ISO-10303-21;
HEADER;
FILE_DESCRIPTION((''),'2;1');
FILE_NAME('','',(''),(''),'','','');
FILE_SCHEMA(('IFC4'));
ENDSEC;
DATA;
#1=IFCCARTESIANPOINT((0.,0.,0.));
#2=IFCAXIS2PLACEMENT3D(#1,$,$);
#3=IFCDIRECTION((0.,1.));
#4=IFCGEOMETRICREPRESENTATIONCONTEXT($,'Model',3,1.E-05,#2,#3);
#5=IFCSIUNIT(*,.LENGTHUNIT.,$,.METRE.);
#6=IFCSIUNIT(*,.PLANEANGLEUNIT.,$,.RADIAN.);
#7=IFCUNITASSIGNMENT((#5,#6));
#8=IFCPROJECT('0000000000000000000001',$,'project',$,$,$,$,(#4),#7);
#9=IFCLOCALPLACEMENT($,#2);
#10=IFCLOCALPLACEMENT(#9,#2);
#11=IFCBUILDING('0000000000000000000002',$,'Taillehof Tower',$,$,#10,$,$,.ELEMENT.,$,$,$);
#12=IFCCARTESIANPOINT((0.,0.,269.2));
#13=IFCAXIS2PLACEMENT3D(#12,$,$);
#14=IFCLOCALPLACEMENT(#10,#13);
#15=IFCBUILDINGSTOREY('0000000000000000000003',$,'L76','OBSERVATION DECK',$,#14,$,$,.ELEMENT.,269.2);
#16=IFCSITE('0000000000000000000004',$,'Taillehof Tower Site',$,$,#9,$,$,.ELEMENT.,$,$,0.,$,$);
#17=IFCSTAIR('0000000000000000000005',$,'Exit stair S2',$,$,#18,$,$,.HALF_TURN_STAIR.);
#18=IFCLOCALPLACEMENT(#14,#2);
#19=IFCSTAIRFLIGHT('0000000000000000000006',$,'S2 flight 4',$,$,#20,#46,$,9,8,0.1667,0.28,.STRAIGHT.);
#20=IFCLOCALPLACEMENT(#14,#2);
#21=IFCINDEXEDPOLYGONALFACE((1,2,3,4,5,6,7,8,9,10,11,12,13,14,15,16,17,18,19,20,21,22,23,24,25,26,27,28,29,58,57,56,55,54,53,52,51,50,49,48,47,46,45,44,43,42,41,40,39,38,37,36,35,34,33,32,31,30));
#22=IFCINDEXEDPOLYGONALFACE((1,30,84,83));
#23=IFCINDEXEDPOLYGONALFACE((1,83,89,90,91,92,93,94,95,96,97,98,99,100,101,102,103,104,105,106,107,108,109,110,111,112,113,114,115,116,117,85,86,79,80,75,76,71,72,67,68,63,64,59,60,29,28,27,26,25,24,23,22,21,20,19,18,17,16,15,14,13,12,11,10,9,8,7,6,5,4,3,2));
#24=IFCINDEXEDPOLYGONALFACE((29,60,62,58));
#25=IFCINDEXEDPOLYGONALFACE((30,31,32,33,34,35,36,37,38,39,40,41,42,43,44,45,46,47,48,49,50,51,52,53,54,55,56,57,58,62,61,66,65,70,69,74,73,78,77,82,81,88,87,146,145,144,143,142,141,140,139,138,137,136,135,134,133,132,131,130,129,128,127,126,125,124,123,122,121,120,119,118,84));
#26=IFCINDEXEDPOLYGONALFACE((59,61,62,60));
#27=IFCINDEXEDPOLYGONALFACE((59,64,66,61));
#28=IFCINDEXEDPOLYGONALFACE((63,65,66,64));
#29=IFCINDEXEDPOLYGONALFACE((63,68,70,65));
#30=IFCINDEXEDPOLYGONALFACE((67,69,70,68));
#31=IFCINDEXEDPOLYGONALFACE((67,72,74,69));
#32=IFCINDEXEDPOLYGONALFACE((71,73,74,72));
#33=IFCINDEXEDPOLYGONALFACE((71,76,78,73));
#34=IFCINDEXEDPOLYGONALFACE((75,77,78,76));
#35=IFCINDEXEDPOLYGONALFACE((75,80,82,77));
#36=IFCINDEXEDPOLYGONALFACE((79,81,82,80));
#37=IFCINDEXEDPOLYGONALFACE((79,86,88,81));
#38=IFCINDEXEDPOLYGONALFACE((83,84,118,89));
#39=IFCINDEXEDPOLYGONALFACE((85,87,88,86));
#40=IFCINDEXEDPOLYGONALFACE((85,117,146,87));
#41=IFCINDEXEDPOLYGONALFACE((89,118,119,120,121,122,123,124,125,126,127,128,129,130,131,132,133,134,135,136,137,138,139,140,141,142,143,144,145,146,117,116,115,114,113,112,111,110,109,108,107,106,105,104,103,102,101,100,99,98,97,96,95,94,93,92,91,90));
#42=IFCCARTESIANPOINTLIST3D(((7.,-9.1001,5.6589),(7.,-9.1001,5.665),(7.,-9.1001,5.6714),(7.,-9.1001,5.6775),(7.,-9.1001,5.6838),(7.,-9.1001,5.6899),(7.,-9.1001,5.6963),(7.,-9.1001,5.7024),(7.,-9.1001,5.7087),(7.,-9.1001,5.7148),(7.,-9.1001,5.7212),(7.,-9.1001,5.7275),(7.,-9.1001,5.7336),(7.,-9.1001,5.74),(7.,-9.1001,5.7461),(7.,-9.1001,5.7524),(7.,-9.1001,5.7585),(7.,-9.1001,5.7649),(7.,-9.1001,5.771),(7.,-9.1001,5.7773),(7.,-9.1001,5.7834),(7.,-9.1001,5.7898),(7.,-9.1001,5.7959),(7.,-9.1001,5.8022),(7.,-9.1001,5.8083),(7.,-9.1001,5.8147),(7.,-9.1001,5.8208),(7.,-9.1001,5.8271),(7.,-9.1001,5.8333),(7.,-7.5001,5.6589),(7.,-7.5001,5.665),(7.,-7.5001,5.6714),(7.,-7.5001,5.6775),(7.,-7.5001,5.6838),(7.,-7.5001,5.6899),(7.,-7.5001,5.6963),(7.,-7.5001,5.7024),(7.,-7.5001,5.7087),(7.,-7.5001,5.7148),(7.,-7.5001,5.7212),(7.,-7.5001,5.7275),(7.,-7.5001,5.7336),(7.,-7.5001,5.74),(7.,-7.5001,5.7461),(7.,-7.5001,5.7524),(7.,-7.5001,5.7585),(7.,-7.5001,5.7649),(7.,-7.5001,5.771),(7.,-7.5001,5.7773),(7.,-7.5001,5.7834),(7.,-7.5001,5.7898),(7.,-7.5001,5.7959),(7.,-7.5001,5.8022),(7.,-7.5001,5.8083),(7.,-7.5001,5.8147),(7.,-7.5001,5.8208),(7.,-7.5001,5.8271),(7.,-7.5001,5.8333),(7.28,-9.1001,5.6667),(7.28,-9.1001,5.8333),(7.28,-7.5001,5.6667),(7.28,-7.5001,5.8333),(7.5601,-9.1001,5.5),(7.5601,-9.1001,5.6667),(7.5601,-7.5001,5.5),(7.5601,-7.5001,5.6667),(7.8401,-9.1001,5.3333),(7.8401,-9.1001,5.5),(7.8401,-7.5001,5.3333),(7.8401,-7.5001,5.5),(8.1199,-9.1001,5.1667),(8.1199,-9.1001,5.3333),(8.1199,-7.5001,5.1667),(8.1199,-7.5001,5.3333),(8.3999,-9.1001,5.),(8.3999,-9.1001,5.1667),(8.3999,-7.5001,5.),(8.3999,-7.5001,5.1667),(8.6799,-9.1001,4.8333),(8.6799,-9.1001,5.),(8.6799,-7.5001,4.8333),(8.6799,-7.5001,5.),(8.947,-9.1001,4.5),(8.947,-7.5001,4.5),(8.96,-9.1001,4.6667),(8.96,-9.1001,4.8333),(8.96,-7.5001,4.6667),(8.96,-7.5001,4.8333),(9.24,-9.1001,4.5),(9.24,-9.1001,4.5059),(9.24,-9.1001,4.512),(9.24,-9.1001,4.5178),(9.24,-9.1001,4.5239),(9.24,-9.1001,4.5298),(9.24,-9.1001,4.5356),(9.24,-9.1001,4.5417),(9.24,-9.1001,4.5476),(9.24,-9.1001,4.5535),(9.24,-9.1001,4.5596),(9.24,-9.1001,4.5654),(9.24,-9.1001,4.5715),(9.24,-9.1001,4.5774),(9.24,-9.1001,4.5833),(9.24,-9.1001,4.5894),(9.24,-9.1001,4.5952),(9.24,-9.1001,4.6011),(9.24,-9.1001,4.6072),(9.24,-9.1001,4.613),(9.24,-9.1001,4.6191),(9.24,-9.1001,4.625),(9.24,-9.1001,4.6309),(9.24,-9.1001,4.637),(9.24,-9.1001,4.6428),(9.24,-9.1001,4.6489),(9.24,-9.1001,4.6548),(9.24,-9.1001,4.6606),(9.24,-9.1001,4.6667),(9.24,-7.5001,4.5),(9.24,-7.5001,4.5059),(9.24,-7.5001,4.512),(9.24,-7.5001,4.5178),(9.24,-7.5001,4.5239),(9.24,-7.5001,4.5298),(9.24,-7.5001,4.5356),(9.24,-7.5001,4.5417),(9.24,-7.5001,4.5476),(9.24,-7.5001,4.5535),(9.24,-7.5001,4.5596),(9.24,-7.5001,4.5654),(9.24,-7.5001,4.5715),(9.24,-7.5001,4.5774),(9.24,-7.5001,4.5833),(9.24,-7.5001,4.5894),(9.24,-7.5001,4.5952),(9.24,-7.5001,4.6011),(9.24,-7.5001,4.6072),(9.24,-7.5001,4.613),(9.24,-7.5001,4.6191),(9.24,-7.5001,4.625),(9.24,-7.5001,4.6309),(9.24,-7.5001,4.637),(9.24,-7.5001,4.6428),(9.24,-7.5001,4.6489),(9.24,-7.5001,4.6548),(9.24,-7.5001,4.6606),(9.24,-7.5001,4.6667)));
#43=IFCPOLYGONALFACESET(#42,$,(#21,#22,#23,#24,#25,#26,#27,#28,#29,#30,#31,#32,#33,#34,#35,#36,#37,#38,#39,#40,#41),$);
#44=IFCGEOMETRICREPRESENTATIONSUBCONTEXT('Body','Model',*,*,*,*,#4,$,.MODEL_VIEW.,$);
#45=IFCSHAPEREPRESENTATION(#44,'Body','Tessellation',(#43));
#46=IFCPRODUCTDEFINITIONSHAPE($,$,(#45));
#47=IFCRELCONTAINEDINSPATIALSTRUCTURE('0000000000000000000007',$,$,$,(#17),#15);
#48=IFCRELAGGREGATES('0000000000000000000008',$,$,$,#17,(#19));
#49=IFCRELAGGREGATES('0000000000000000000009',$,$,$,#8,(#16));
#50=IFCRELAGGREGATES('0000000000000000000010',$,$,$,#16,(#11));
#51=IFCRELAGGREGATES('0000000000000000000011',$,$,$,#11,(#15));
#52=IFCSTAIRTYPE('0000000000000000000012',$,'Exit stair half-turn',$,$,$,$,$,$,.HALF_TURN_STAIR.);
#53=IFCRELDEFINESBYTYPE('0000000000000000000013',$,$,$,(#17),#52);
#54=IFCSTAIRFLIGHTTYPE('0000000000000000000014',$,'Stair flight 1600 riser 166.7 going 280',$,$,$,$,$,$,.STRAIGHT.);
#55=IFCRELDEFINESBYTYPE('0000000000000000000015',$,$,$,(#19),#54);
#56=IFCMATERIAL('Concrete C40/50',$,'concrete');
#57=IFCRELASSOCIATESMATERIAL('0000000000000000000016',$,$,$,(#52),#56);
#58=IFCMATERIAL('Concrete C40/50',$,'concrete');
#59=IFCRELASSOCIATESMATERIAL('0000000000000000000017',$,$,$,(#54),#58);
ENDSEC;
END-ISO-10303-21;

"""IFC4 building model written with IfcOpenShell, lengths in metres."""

from ifc_helpers import new_model, si_unit, direction, frame, origin, place, context, subcontext, project, spatial, polyline, outline, extrude, material, type_object, element, aggregate, save


model = new_model("IFC4")

# Units and contexts
model_context = context("Model", 3, precision=1e-05, world=origin(), true_north=direction((0.0, 1.0)))
body_context = subcontext(model_context, "Body", "Model", "MODEL_VIEW")
ifc_project = project(units=[si_unit("LENGTHUNIT", "METRE"), si_unit("PLANEANGLEUNIT", "RADIAN")], contexts=[model_context])

# Site, building, storey
site_placement = place(None, origin())
site = spatial("IfcSite", under=ifc_project, at=site_placement, Name="Taillehof Tower Site", CompositionType="ELEMENT", RefElevation=0.0)
building_placement = place(site_placement, origin())
building = spatial("IfcBuilding", under=site, at=building_placement, Name="Taillehof Tower", CompositionType="ELEMENT")
storey_placement = place(building_placement, frame((0.0, 0.0, 269.2)))
storey = spatial("IfcBuildingStorey", under=building, at=storey_placement, Name="L76", Description="OBSERVATION DECK", CompositionType="ELEMENT", Elevation=269.2)

# Stair
ifc_material_1 = material(Name="Concrete C40/50", Category="concrete")
stair_type = type_object("IfcStairType", Name="Exit stair half-turn", PredefinedType="HALF_TURN_STAIR", material=ifc_material_1)
stair_1_placement = place(storey_placement, origin())
stair_1 = element("IfcStair", 1, at=stair_1_placement, inside=storey, type_object=stair_type, Name="Exit stair S2", PredefinedType="HALF_TURN_STAIR")

# Stair flight
ifc_material_2 = material(Name="Concrete C40/50", Category="concrete")
stair_flight_type = type_object("IfcStairFlightType", Name="Stair flight 1600 riser 166.7 going 280", PredefinedType="STRAIGHT", material=ifc_material_2)
stair_flight_1_placement = place(storey_placement, frame((9.24, -8.3, 4.5), z_axis=(0.0, 0.0, 1.0), x_axis=(-1.0, 0.0, 0.0)))
stair_flight_1 = element("IfcStairFlight", 2, at=stair_flight_1_placement, type_object=stair_flight_type, Name="S2 flight 4", NumberOfRisers=9, NumberOfTreads=8, PredefinedType="STRAIGHT", RiserHeight=0.1667, TreadLength=0.28, context=body_context, shape_type="SweptSolid", body=[
    extrude(outline(polyline([(0.0, 0.0), (0.0, 0.0059), (0.0, 0.012), (0.0, 0.0178), (0.0, 0.0239), (0.0, 0.0298), (0.0, 0.0356), (0.0, 0.0417), (0.0, 0.0476), (0.0, 0.0535), (0.0, 0.0596), (0.0, 0.0654), (0.0, 0.0715), (0.0, 0.0774), (0.0, 0.0833), (0.0, 0.0894), (0.0, 0.0952), (0.0, 0.1011), (0.0, 0.1072), (0.0, 0.113), (0.0, 0.1191), (0.0, 0.125), (0.0, 0.1309), (0.0, 0.137), (0.0, 0.1428), (0.0, 0.1489), (0.0, 0.1548), (0.0, 0.1606), (0.0, 0.1667), (0.28, 0.1667), (0.28, 0.3333), (0.5601, 0.3333), (0.5601, 0.5), (0.8401, 0.5), (0.8401, 0.6667), (1.1201, 0.6667), (1.1201, 0.8333), (1.3999, 0.8333), (1.3999, 1.0), (1.6799, 1.0), (1.6799, 1.1667), (1.96, 1.1667), (1.96, 1.3333), (2.24, 1.3333), (2.24, 1.3271), (2.24, 1.3208), (2.24, 1.3147), (2.24, 1.3083), (2.24, 1.3022), (2.24, 1.2959), (2.24, 1.2898), (2.24, 1.2834), (2.24, 1.2773), (2.24, 1.271), (2.24, 1.2649), (2.24, 1.2585), (2.24, 1.2524), (2.24, 1.2461), (2.24, 1.24), (2.24, 1.2336), (2.24, 1.2275), (2.24, 1.2212), (2.24, 1.2148), (2.24, 1.2087), (2.24, 1.2024), (2.24, 1.1963), (2.24, 1.1899), (2.24, 1.1838), (2.24, 1.1775), (2.24, 1.1714), (2.24, 1.165), (2.24, 1.1589), (0.293, 0.0), (0.0, 0.0)])), frame((0.0, 0.8, 0.0), z_axis=(0.0, -1.0, 0.0), x_axis=(1.0, 0.0, 0.0)), (0.0, 0.0, 1.0), 1.6),
])
aggregate(stair_1, [stair_flight_1])

save(model, "model.ifc")
